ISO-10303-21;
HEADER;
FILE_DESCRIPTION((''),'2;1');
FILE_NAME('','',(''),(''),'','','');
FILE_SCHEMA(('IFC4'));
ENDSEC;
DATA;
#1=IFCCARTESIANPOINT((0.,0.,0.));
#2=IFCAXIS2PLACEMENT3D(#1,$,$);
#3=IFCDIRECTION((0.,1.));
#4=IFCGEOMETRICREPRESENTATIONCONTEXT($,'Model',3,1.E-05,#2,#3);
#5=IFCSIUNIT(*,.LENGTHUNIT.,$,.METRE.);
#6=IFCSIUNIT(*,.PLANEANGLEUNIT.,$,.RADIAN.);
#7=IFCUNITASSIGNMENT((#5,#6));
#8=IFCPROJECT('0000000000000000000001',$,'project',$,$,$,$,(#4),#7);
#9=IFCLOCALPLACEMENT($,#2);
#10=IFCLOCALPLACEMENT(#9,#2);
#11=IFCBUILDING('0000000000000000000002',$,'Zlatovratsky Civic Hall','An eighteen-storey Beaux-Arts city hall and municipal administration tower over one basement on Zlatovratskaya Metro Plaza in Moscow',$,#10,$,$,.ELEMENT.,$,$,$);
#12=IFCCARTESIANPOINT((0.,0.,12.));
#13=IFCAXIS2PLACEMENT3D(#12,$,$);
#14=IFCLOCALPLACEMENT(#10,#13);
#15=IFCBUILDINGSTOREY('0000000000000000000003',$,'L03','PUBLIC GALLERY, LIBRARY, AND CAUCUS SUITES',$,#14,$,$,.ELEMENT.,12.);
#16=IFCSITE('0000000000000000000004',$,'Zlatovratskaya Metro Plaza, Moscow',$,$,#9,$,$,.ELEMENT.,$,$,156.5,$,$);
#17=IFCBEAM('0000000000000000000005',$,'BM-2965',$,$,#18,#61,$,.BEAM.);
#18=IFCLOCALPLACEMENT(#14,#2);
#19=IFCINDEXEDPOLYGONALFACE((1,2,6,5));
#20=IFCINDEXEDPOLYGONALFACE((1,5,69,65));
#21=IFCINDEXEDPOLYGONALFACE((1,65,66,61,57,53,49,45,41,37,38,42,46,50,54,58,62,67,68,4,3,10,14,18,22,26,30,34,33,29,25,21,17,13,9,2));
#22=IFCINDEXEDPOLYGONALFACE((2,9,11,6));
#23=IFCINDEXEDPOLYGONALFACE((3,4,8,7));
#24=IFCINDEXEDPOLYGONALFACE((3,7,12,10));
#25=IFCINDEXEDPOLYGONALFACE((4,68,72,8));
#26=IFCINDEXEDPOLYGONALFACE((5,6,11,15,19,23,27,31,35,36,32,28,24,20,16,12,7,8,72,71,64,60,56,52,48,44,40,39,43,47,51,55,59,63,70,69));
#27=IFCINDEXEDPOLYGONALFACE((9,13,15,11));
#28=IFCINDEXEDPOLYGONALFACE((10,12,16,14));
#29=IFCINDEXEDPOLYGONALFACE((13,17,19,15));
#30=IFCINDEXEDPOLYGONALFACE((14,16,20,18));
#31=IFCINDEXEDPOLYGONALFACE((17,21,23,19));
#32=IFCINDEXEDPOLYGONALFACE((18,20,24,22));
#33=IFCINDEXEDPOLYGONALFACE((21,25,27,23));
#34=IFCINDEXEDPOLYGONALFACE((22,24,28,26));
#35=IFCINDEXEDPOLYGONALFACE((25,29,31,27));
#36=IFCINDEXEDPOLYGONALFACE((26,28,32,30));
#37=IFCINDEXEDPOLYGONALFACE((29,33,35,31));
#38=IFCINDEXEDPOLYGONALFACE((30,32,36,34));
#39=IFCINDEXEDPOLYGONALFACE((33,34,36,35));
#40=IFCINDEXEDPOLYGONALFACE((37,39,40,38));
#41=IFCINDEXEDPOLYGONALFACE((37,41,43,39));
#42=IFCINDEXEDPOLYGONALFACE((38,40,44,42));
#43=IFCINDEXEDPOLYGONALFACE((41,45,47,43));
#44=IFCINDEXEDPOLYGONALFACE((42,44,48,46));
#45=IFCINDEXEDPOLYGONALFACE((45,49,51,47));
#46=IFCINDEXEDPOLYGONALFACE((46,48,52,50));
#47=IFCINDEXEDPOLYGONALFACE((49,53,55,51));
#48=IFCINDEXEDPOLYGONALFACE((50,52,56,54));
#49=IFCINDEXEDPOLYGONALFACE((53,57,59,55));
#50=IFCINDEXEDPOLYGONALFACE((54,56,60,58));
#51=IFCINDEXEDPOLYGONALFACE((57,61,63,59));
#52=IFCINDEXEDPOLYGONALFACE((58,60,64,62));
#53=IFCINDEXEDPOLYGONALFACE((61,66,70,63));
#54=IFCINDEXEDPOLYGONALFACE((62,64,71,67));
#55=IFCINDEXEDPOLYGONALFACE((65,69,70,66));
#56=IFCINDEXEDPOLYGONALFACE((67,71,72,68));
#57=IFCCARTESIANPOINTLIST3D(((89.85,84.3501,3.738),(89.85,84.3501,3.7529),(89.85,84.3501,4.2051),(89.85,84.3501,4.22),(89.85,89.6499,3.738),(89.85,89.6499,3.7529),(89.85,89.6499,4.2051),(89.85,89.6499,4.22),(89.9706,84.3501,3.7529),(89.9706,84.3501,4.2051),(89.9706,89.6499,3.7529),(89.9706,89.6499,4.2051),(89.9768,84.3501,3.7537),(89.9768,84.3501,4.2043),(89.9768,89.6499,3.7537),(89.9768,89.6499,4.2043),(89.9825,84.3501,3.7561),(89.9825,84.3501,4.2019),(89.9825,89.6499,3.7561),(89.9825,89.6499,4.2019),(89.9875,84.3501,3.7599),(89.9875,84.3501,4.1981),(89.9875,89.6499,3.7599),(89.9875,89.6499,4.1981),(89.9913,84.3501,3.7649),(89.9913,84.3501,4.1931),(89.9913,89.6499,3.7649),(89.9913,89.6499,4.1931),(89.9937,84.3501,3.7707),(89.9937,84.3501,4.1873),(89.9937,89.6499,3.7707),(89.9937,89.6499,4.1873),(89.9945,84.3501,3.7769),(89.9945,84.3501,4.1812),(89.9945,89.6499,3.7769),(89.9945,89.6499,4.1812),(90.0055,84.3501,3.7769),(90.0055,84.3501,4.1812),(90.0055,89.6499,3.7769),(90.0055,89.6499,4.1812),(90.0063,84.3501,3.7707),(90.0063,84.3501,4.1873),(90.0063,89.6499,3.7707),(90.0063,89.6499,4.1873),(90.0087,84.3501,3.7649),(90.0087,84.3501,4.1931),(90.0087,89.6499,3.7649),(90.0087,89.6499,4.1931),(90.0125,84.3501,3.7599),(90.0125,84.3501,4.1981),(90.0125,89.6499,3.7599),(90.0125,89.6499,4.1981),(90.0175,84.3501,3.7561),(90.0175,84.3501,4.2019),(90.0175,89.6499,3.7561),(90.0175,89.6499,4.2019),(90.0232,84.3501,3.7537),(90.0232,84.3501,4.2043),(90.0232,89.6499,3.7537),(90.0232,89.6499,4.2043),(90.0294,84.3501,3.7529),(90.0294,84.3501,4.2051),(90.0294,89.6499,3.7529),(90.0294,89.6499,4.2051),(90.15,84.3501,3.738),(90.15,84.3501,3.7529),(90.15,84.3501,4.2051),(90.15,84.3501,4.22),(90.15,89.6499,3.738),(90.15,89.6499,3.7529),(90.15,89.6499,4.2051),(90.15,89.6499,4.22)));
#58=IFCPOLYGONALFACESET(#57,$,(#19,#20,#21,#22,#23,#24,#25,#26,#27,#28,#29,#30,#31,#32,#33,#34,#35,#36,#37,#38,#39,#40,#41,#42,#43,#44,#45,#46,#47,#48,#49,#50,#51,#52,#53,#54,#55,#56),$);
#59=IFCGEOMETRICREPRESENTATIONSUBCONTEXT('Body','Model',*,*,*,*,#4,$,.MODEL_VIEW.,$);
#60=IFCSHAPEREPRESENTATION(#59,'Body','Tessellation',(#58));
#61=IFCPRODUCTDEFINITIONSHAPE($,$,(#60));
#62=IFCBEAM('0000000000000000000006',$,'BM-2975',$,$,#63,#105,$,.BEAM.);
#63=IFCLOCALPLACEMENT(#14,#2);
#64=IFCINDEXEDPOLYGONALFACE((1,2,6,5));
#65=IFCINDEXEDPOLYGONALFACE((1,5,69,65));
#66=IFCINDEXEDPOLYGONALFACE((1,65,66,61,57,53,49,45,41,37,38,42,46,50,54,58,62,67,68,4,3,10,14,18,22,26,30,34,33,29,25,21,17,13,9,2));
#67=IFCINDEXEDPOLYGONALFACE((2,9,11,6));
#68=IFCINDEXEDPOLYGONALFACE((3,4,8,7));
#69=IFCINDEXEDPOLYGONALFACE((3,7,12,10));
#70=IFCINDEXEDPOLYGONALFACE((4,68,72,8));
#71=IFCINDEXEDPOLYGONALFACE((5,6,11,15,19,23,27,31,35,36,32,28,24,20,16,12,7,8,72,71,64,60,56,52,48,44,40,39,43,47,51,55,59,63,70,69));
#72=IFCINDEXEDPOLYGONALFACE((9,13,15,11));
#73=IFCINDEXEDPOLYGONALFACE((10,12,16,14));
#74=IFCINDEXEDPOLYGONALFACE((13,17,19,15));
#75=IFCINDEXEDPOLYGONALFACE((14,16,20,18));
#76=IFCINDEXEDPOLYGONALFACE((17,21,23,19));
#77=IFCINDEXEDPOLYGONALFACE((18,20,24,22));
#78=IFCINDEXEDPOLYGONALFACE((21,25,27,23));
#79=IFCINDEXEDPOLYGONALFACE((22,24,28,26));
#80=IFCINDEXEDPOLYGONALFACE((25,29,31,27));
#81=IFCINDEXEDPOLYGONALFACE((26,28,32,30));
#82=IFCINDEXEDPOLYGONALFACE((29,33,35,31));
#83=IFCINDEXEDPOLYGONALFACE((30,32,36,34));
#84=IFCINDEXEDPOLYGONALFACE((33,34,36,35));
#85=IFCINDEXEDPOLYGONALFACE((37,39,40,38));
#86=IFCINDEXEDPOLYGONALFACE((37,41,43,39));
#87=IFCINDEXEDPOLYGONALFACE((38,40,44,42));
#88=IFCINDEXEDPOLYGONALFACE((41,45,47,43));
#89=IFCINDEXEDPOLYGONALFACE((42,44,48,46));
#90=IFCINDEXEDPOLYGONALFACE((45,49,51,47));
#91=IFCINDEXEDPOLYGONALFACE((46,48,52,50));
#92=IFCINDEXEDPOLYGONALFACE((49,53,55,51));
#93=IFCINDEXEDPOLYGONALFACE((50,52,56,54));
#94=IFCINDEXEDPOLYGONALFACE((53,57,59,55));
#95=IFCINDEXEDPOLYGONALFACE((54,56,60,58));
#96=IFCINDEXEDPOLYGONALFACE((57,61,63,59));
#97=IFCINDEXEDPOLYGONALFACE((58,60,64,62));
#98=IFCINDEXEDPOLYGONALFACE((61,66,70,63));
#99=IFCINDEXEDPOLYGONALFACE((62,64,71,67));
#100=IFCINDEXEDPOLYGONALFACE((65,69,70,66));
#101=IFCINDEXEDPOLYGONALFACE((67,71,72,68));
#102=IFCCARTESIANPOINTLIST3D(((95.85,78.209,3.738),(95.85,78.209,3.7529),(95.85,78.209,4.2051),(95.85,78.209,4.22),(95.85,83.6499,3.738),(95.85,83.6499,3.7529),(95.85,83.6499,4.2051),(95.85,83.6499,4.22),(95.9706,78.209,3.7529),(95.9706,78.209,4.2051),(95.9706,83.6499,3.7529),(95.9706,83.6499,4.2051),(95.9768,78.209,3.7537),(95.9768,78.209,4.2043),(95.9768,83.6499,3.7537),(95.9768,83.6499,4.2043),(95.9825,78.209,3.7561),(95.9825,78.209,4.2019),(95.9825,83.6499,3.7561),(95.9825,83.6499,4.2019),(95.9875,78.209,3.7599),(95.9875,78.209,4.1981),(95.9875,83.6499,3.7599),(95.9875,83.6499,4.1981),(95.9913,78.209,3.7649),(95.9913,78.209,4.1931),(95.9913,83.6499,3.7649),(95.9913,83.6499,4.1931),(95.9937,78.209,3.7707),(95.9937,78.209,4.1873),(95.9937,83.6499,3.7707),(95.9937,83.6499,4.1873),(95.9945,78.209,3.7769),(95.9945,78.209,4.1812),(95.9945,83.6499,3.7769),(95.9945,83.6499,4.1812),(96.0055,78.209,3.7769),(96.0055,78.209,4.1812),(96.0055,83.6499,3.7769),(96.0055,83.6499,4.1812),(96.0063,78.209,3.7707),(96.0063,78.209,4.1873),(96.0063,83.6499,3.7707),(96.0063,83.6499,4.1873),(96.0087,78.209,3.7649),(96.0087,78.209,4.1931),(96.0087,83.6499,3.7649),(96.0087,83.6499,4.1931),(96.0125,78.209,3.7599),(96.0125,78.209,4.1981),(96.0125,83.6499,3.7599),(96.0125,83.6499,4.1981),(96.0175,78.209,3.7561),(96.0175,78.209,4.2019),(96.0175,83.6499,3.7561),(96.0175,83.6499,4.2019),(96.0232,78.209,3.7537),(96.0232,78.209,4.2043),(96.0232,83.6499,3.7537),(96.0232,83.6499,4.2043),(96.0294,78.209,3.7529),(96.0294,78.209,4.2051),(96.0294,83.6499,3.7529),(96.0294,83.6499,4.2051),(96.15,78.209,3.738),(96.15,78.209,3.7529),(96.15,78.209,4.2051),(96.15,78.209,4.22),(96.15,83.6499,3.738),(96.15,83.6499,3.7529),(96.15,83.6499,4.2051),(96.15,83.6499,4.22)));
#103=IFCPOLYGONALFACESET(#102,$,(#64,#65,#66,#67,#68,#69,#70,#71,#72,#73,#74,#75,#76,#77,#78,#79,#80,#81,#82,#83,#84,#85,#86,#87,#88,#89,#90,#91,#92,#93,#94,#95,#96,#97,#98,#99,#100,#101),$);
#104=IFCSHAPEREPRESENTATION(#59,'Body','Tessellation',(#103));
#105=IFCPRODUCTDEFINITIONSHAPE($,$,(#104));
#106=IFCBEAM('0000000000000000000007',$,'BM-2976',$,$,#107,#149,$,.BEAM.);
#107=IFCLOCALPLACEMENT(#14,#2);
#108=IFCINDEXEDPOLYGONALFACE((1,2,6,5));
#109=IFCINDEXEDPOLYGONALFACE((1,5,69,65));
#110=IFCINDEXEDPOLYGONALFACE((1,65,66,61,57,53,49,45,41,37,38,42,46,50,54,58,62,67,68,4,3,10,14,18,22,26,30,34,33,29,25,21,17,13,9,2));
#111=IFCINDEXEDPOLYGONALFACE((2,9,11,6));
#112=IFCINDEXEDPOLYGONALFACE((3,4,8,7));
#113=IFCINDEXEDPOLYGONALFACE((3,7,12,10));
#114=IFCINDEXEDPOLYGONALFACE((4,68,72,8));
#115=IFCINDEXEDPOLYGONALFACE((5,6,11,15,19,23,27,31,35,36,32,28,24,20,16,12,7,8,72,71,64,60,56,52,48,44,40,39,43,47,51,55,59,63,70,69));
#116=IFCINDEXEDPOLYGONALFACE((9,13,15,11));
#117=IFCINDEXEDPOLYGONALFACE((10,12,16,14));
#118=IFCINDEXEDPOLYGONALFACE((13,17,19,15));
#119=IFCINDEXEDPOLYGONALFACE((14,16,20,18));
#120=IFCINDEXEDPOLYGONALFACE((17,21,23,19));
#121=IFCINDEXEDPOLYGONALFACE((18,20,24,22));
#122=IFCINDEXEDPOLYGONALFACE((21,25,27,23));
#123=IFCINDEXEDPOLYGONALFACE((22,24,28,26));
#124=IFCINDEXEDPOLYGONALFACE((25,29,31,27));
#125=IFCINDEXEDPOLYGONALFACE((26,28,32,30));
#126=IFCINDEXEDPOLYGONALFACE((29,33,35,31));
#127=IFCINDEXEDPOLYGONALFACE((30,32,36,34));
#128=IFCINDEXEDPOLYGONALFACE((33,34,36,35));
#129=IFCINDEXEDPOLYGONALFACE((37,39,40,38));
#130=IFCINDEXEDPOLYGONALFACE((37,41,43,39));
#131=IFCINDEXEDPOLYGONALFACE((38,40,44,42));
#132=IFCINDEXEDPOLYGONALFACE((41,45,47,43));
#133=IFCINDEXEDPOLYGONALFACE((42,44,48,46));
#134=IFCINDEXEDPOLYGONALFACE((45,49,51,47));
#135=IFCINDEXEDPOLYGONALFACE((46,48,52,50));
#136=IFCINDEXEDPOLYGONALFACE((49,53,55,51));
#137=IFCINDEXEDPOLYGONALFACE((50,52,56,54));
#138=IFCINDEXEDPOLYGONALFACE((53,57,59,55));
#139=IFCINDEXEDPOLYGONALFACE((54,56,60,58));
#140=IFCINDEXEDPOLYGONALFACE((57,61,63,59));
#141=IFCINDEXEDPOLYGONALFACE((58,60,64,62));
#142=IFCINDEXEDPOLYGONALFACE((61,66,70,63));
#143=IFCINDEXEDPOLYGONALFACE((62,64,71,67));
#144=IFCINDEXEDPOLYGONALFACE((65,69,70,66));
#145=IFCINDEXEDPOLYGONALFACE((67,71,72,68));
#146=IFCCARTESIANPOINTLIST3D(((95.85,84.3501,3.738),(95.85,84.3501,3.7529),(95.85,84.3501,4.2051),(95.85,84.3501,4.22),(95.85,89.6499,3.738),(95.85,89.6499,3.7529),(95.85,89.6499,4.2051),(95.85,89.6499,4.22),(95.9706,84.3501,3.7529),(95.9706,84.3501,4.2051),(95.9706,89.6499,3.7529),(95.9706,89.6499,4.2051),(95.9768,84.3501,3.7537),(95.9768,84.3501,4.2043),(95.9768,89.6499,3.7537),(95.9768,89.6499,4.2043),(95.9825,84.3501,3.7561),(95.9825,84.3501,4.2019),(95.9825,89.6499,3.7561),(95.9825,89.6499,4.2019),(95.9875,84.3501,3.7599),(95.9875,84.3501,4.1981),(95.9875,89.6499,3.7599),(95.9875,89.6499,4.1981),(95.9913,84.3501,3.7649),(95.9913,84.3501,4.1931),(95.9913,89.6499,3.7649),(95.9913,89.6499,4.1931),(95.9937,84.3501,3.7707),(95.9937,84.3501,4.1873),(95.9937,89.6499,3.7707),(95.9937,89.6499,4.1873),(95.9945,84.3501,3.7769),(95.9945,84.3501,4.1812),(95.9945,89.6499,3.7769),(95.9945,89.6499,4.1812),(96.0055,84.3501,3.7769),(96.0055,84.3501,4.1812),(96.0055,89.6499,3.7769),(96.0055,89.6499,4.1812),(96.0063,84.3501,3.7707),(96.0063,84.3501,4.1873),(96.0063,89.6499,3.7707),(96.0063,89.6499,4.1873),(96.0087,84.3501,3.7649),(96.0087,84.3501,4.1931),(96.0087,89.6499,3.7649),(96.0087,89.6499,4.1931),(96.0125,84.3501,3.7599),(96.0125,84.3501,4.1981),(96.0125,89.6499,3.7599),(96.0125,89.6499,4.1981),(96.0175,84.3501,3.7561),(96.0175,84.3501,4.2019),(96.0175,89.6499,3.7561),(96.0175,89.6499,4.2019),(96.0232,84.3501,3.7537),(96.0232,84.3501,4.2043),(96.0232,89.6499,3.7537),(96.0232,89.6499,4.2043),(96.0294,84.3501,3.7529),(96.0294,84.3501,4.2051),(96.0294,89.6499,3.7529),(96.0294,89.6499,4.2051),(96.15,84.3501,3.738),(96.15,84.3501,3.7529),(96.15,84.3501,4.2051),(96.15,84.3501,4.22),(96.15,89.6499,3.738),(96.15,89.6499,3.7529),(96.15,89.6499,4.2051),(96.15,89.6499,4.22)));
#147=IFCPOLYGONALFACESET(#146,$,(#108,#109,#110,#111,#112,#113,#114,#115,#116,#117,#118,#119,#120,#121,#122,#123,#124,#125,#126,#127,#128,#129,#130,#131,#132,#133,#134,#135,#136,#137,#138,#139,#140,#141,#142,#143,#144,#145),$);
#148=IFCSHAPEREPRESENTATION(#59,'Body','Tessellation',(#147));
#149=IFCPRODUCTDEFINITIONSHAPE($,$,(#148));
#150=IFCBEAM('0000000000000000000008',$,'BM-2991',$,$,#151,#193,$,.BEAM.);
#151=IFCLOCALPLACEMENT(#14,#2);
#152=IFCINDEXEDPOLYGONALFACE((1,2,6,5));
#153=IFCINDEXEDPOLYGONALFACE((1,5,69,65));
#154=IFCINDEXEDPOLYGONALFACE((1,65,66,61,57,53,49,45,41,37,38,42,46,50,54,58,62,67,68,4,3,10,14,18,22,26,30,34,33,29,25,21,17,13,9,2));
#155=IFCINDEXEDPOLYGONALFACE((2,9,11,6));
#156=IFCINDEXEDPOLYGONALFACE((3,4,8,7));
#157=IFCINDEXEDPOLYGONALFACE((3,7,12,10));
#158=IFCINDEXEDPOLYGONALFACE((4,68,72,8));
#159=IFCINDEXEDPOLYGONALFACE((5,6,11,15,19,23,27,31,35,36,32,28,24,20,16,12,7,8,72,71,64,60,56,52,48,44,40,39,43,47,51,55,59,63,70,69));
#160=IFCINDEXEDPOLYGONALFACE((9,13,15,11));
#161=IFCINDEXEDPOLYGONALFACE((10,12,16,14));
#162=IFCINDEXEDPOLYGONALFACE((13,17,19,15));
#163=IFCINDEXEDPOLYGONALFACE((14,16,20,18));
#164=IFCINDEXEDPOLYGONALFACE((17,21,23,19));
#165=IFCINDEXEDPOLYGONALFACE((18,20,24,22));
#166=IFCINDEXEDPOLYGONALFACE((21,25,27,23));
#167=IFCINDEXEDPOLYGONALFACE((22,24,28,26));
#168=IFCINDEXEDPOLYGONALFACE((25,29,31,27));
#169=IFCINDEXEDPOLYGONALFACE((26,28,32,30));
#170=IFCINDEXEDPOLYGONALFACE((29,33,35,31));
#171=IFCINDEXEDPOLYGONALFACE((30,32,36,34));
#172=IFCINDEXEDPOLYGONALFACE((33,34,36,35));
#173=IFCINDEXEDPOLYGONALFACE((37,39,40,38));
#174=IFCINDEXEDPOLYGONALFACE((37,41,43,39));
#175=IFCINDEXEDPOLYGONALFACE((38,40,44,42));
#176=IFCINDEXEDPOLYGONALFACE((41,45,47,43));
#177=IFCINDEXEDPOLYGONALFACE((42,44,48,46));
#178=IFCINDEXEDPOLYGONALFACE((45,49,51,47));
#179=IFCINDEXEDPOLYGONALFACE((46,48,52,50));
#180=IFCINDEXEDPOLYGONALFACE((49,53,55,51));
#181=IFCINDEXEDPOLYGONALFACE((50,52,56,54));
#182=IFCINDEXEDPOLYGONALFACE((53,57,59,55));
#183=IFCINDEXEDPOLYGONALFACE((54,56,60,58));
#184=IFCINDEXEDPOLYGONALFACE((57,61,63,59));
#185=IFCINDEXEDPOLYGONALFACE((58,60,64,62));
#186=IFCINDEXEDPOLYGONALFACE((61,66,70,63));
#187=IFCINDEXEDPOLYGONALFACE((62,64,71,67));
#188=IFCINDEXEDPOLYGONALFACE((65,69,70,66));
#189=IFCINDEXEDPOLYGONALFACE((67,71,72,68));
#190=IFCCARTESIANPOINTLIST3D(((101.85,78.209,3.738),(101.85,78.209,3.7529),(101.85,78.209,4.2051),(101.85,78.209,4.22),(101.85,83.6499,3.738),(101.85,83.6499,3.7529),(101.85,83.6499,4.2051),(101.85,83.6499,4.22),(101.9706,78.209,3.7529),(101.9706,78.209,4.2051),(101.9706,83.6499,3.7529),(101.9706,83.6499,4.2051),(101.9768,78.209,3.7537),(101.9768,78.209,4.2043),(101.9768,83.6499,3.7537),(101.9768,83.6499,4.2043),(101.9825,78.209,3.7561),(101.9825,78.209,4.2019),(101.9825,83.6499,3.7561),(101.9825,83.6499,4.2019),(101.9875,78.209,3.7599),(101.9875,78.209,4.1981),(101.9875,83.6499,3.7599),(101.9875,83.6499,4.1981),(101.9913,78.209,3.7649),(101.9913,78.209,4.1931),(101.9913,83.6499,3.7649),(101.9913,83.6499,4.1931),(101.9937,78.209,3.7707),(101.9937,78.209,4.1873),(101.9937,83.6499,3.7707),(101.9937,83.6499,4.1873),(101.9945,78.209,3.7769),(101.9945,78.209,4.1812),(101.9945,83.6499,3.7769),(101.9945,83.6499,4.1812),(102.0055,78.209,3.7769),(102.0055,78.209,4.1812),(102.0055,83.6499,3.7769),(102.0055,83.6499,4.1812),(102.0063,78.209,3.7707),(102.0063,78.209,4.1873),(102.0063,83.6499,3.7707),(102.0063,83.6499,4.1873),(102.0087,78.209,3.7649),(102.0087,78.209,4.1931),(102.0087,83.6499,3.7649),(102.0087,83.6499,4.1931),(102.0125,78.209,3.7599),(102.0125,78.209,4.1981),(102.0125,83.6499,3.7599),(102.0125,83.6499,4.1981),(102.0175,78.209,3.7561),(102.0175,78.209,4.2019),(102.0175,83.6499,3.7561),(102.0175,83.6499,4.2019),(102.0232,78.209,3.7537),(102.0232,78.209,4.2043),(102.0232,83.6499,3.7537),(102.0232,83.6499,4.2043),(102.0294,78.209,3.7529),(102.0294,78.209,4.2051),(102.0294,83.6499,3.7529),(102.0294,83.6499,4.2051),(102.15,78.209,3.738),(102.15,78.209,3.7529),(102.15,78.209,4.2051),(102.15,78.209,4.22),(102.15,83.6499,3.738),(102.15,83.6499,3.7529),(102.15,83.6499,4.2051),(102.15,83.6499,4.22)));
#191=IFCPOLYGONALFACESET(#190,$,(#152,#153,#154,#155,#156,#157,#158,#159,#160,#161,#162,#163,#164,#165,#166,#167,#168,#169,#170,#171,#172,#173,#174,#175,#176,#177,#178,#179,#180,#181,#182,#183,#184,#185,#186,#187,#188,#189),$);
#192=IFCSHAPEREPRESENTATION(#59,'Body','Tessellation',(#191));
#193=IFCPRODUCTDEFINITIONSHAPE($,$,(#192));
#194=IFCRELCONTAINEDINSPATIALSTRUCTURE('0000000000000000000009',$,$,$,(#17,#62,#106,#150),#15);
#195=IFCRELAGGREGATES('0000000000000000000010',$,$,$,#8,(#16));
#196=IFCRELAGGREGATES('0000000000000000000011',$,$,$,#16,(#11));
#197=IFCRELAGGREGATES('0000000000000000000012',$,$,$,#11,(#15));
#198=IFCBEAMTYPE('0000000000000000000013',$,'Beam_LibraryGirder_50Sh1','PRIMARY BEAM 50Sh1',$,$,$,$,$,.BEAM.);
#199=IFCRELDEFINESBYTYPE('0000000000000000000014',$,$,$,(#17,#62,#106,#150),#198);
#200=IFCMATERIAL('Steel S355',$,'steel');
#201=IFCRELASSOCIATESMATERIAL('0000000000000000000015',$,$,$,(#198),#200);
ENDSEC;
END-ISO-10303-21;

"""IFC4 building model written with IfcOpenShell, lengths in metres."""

from ifc_helpers import new_model, si_unit, direction, frame, origin, origin_2d, place, context, subcontext, project, spatial, i_section, extrude, material, material_profile, profile_set, type_object, element, save


model = new_model("IFC4")

# Units and contexts
model_context = context("Model", 3, precision=1e-05, world=origin(), true_north=direction((0.0, 1.0)))
body_context = subcontext(model_context, "Body", "Model", "MODEL_VIEW")
ifc_project = project(units=[si_unit("LENGTHUNIT", "METRE"), si_unit("PLANEANGLEUNIT", "RADIAN")], contexts=[model_context])

# Site, building, storey
site_placement = place(None, origin())
site = spatial("IfcSite", under=ifc_project, at=site_placement, Name="Zlatovratskaya Metro Plaza, Moscow", CompositionType="ELEMENT", RefElevation=156.5)
building_placement = place(site_placement, origin())
building = spatial("IfcBuilding", under=site, at=building_placement, Name="Zlatovratsky Civic Hall", Description="An eighteen-storey Beaux-Arts city hall and municipal administration tower over one basement on Zlatovratskaya Metro Plaza in Moscow", CompositionType="ELEMENT")
storey_placement = place(building_placement, frame((0.0, 0.0, 12.0)))
storey = spatial("IfcBuildingStorey", under=building, at=storey_placement, Name="L03", Description="PUBLIC GALLERY, LIBRARY, AND CAUCUS SUITES", CompositionType="ELEMENT", Elevation=12.0)

# Beams
ifc_material_1 = material(Name="Steel S355", Category="steel")
ifc_material_profile_1 = material_profile(ifc_material_1, i_section(OverallWidth=0.3, OverallDepth=0.4819, WebThickness=0.011, FlangeThickness=0.0149, FilletRadius=0.0239, at=origin_2d()), Name="50Sh1")
ifc_profile_set_1 = profile_set([ifc_material_profile_1], Name="Steel S355")
beam_type = type_object("IfcBeamType", Name="Beam_LibraryGirder_50Sh1", Description="PRIMARY BEAM 50Sh1", PredefinedType="BEAM", material=ifc_profile_set_1)
beam_1_placement = place(storey_placement, frame((90.0, 84.3501, 3.979), z_axis=(0.0, 1.0, 0.0), x_axis=(-1.0, 0.0, 0.0)))
element("IfcBeam", 1, at=beam_1_placement, inside=storey, type_object=beam_type, Name="BM-2965", PredefinedType="BEAM", context=body_context, shape_type="SweptSolid", body=[
    extrude(i_section(OverallWidth=0.3, OverallDepth=0.4819, WebThickness=0.011, FlangeThickness=0.0149, FilletRadius=0.0239, at=origin_2d()), origin(), (0.0, 0.0, 1.0), 5.2998),
])
beam_2_placement = place(storey_placement, frame((96.0, 78.209, 3.979), z_axis=(0.0, 1.0, 0.0), x_axis=(-1.0, 0.0, 0.0)))
element("IfcBeam", 2, at=beam_2_placement, inside=storey, type_object=beam_type, Name="BM-2975", PredefinedType="BEAM", context=body_context, shape_type="SweptSolid", body=[
    extrude(i_section(OverallWidth=0.3, OverallDepth=0.4819, WebThickness=0.011, FlangeThickness=0.0149, FilletRadius=0.0239, at=origin_2d()), origin(), (0.0, 0.0, 1.0), 5.4409),
])
beam_3_placement = place(storey_placement, frame((96.0, 84.3501, 3.979), z_axis=(0.0, 1.0, 0.0), x_axis=(-1.0, 0.0, 0.0)))
element("IfcBeam", 3, at=beam_3_placement, inside=storey, type_object=beam_type, Name="BM-2976", PredefinedType="BEAM", context=body_context, shape_type="SweptSolid", body=[
    extrude(i_section(OverallWidth=0.3, OverallDepth=0.4819, WebThickness=0.011, FlangeThickness=0.0149, FilletRadius=0.0239, at=origin_2d()), origin(), (0.0, 0.0, 1.0), 5.2998),
])
beam_4_placement = place(storey_placement, frame((102.0, 78.209, 3.979), z_axis=(0.0, 1.0, 0.0), x_axis=(-1.0, 0.0, 0.0)))
element("IfcBeam", 4, at=beam_4_placement, inside=storey, type_object=beam_type, Name="BM-2991", PredefinedType="BEAM", context=body_context, shape_type="SweptSolid", body=[
    extrude(i_section(OverallWidth=0.3, OverallDepth=0.4819, WebThickness=0.011, FlangeThickness=0.0149, FilletRadius=0.0239, at=origin_2d()), origin(), (0.0, 0.0, 1.0), 5.4409),
])

save(model, "model.ifc")
